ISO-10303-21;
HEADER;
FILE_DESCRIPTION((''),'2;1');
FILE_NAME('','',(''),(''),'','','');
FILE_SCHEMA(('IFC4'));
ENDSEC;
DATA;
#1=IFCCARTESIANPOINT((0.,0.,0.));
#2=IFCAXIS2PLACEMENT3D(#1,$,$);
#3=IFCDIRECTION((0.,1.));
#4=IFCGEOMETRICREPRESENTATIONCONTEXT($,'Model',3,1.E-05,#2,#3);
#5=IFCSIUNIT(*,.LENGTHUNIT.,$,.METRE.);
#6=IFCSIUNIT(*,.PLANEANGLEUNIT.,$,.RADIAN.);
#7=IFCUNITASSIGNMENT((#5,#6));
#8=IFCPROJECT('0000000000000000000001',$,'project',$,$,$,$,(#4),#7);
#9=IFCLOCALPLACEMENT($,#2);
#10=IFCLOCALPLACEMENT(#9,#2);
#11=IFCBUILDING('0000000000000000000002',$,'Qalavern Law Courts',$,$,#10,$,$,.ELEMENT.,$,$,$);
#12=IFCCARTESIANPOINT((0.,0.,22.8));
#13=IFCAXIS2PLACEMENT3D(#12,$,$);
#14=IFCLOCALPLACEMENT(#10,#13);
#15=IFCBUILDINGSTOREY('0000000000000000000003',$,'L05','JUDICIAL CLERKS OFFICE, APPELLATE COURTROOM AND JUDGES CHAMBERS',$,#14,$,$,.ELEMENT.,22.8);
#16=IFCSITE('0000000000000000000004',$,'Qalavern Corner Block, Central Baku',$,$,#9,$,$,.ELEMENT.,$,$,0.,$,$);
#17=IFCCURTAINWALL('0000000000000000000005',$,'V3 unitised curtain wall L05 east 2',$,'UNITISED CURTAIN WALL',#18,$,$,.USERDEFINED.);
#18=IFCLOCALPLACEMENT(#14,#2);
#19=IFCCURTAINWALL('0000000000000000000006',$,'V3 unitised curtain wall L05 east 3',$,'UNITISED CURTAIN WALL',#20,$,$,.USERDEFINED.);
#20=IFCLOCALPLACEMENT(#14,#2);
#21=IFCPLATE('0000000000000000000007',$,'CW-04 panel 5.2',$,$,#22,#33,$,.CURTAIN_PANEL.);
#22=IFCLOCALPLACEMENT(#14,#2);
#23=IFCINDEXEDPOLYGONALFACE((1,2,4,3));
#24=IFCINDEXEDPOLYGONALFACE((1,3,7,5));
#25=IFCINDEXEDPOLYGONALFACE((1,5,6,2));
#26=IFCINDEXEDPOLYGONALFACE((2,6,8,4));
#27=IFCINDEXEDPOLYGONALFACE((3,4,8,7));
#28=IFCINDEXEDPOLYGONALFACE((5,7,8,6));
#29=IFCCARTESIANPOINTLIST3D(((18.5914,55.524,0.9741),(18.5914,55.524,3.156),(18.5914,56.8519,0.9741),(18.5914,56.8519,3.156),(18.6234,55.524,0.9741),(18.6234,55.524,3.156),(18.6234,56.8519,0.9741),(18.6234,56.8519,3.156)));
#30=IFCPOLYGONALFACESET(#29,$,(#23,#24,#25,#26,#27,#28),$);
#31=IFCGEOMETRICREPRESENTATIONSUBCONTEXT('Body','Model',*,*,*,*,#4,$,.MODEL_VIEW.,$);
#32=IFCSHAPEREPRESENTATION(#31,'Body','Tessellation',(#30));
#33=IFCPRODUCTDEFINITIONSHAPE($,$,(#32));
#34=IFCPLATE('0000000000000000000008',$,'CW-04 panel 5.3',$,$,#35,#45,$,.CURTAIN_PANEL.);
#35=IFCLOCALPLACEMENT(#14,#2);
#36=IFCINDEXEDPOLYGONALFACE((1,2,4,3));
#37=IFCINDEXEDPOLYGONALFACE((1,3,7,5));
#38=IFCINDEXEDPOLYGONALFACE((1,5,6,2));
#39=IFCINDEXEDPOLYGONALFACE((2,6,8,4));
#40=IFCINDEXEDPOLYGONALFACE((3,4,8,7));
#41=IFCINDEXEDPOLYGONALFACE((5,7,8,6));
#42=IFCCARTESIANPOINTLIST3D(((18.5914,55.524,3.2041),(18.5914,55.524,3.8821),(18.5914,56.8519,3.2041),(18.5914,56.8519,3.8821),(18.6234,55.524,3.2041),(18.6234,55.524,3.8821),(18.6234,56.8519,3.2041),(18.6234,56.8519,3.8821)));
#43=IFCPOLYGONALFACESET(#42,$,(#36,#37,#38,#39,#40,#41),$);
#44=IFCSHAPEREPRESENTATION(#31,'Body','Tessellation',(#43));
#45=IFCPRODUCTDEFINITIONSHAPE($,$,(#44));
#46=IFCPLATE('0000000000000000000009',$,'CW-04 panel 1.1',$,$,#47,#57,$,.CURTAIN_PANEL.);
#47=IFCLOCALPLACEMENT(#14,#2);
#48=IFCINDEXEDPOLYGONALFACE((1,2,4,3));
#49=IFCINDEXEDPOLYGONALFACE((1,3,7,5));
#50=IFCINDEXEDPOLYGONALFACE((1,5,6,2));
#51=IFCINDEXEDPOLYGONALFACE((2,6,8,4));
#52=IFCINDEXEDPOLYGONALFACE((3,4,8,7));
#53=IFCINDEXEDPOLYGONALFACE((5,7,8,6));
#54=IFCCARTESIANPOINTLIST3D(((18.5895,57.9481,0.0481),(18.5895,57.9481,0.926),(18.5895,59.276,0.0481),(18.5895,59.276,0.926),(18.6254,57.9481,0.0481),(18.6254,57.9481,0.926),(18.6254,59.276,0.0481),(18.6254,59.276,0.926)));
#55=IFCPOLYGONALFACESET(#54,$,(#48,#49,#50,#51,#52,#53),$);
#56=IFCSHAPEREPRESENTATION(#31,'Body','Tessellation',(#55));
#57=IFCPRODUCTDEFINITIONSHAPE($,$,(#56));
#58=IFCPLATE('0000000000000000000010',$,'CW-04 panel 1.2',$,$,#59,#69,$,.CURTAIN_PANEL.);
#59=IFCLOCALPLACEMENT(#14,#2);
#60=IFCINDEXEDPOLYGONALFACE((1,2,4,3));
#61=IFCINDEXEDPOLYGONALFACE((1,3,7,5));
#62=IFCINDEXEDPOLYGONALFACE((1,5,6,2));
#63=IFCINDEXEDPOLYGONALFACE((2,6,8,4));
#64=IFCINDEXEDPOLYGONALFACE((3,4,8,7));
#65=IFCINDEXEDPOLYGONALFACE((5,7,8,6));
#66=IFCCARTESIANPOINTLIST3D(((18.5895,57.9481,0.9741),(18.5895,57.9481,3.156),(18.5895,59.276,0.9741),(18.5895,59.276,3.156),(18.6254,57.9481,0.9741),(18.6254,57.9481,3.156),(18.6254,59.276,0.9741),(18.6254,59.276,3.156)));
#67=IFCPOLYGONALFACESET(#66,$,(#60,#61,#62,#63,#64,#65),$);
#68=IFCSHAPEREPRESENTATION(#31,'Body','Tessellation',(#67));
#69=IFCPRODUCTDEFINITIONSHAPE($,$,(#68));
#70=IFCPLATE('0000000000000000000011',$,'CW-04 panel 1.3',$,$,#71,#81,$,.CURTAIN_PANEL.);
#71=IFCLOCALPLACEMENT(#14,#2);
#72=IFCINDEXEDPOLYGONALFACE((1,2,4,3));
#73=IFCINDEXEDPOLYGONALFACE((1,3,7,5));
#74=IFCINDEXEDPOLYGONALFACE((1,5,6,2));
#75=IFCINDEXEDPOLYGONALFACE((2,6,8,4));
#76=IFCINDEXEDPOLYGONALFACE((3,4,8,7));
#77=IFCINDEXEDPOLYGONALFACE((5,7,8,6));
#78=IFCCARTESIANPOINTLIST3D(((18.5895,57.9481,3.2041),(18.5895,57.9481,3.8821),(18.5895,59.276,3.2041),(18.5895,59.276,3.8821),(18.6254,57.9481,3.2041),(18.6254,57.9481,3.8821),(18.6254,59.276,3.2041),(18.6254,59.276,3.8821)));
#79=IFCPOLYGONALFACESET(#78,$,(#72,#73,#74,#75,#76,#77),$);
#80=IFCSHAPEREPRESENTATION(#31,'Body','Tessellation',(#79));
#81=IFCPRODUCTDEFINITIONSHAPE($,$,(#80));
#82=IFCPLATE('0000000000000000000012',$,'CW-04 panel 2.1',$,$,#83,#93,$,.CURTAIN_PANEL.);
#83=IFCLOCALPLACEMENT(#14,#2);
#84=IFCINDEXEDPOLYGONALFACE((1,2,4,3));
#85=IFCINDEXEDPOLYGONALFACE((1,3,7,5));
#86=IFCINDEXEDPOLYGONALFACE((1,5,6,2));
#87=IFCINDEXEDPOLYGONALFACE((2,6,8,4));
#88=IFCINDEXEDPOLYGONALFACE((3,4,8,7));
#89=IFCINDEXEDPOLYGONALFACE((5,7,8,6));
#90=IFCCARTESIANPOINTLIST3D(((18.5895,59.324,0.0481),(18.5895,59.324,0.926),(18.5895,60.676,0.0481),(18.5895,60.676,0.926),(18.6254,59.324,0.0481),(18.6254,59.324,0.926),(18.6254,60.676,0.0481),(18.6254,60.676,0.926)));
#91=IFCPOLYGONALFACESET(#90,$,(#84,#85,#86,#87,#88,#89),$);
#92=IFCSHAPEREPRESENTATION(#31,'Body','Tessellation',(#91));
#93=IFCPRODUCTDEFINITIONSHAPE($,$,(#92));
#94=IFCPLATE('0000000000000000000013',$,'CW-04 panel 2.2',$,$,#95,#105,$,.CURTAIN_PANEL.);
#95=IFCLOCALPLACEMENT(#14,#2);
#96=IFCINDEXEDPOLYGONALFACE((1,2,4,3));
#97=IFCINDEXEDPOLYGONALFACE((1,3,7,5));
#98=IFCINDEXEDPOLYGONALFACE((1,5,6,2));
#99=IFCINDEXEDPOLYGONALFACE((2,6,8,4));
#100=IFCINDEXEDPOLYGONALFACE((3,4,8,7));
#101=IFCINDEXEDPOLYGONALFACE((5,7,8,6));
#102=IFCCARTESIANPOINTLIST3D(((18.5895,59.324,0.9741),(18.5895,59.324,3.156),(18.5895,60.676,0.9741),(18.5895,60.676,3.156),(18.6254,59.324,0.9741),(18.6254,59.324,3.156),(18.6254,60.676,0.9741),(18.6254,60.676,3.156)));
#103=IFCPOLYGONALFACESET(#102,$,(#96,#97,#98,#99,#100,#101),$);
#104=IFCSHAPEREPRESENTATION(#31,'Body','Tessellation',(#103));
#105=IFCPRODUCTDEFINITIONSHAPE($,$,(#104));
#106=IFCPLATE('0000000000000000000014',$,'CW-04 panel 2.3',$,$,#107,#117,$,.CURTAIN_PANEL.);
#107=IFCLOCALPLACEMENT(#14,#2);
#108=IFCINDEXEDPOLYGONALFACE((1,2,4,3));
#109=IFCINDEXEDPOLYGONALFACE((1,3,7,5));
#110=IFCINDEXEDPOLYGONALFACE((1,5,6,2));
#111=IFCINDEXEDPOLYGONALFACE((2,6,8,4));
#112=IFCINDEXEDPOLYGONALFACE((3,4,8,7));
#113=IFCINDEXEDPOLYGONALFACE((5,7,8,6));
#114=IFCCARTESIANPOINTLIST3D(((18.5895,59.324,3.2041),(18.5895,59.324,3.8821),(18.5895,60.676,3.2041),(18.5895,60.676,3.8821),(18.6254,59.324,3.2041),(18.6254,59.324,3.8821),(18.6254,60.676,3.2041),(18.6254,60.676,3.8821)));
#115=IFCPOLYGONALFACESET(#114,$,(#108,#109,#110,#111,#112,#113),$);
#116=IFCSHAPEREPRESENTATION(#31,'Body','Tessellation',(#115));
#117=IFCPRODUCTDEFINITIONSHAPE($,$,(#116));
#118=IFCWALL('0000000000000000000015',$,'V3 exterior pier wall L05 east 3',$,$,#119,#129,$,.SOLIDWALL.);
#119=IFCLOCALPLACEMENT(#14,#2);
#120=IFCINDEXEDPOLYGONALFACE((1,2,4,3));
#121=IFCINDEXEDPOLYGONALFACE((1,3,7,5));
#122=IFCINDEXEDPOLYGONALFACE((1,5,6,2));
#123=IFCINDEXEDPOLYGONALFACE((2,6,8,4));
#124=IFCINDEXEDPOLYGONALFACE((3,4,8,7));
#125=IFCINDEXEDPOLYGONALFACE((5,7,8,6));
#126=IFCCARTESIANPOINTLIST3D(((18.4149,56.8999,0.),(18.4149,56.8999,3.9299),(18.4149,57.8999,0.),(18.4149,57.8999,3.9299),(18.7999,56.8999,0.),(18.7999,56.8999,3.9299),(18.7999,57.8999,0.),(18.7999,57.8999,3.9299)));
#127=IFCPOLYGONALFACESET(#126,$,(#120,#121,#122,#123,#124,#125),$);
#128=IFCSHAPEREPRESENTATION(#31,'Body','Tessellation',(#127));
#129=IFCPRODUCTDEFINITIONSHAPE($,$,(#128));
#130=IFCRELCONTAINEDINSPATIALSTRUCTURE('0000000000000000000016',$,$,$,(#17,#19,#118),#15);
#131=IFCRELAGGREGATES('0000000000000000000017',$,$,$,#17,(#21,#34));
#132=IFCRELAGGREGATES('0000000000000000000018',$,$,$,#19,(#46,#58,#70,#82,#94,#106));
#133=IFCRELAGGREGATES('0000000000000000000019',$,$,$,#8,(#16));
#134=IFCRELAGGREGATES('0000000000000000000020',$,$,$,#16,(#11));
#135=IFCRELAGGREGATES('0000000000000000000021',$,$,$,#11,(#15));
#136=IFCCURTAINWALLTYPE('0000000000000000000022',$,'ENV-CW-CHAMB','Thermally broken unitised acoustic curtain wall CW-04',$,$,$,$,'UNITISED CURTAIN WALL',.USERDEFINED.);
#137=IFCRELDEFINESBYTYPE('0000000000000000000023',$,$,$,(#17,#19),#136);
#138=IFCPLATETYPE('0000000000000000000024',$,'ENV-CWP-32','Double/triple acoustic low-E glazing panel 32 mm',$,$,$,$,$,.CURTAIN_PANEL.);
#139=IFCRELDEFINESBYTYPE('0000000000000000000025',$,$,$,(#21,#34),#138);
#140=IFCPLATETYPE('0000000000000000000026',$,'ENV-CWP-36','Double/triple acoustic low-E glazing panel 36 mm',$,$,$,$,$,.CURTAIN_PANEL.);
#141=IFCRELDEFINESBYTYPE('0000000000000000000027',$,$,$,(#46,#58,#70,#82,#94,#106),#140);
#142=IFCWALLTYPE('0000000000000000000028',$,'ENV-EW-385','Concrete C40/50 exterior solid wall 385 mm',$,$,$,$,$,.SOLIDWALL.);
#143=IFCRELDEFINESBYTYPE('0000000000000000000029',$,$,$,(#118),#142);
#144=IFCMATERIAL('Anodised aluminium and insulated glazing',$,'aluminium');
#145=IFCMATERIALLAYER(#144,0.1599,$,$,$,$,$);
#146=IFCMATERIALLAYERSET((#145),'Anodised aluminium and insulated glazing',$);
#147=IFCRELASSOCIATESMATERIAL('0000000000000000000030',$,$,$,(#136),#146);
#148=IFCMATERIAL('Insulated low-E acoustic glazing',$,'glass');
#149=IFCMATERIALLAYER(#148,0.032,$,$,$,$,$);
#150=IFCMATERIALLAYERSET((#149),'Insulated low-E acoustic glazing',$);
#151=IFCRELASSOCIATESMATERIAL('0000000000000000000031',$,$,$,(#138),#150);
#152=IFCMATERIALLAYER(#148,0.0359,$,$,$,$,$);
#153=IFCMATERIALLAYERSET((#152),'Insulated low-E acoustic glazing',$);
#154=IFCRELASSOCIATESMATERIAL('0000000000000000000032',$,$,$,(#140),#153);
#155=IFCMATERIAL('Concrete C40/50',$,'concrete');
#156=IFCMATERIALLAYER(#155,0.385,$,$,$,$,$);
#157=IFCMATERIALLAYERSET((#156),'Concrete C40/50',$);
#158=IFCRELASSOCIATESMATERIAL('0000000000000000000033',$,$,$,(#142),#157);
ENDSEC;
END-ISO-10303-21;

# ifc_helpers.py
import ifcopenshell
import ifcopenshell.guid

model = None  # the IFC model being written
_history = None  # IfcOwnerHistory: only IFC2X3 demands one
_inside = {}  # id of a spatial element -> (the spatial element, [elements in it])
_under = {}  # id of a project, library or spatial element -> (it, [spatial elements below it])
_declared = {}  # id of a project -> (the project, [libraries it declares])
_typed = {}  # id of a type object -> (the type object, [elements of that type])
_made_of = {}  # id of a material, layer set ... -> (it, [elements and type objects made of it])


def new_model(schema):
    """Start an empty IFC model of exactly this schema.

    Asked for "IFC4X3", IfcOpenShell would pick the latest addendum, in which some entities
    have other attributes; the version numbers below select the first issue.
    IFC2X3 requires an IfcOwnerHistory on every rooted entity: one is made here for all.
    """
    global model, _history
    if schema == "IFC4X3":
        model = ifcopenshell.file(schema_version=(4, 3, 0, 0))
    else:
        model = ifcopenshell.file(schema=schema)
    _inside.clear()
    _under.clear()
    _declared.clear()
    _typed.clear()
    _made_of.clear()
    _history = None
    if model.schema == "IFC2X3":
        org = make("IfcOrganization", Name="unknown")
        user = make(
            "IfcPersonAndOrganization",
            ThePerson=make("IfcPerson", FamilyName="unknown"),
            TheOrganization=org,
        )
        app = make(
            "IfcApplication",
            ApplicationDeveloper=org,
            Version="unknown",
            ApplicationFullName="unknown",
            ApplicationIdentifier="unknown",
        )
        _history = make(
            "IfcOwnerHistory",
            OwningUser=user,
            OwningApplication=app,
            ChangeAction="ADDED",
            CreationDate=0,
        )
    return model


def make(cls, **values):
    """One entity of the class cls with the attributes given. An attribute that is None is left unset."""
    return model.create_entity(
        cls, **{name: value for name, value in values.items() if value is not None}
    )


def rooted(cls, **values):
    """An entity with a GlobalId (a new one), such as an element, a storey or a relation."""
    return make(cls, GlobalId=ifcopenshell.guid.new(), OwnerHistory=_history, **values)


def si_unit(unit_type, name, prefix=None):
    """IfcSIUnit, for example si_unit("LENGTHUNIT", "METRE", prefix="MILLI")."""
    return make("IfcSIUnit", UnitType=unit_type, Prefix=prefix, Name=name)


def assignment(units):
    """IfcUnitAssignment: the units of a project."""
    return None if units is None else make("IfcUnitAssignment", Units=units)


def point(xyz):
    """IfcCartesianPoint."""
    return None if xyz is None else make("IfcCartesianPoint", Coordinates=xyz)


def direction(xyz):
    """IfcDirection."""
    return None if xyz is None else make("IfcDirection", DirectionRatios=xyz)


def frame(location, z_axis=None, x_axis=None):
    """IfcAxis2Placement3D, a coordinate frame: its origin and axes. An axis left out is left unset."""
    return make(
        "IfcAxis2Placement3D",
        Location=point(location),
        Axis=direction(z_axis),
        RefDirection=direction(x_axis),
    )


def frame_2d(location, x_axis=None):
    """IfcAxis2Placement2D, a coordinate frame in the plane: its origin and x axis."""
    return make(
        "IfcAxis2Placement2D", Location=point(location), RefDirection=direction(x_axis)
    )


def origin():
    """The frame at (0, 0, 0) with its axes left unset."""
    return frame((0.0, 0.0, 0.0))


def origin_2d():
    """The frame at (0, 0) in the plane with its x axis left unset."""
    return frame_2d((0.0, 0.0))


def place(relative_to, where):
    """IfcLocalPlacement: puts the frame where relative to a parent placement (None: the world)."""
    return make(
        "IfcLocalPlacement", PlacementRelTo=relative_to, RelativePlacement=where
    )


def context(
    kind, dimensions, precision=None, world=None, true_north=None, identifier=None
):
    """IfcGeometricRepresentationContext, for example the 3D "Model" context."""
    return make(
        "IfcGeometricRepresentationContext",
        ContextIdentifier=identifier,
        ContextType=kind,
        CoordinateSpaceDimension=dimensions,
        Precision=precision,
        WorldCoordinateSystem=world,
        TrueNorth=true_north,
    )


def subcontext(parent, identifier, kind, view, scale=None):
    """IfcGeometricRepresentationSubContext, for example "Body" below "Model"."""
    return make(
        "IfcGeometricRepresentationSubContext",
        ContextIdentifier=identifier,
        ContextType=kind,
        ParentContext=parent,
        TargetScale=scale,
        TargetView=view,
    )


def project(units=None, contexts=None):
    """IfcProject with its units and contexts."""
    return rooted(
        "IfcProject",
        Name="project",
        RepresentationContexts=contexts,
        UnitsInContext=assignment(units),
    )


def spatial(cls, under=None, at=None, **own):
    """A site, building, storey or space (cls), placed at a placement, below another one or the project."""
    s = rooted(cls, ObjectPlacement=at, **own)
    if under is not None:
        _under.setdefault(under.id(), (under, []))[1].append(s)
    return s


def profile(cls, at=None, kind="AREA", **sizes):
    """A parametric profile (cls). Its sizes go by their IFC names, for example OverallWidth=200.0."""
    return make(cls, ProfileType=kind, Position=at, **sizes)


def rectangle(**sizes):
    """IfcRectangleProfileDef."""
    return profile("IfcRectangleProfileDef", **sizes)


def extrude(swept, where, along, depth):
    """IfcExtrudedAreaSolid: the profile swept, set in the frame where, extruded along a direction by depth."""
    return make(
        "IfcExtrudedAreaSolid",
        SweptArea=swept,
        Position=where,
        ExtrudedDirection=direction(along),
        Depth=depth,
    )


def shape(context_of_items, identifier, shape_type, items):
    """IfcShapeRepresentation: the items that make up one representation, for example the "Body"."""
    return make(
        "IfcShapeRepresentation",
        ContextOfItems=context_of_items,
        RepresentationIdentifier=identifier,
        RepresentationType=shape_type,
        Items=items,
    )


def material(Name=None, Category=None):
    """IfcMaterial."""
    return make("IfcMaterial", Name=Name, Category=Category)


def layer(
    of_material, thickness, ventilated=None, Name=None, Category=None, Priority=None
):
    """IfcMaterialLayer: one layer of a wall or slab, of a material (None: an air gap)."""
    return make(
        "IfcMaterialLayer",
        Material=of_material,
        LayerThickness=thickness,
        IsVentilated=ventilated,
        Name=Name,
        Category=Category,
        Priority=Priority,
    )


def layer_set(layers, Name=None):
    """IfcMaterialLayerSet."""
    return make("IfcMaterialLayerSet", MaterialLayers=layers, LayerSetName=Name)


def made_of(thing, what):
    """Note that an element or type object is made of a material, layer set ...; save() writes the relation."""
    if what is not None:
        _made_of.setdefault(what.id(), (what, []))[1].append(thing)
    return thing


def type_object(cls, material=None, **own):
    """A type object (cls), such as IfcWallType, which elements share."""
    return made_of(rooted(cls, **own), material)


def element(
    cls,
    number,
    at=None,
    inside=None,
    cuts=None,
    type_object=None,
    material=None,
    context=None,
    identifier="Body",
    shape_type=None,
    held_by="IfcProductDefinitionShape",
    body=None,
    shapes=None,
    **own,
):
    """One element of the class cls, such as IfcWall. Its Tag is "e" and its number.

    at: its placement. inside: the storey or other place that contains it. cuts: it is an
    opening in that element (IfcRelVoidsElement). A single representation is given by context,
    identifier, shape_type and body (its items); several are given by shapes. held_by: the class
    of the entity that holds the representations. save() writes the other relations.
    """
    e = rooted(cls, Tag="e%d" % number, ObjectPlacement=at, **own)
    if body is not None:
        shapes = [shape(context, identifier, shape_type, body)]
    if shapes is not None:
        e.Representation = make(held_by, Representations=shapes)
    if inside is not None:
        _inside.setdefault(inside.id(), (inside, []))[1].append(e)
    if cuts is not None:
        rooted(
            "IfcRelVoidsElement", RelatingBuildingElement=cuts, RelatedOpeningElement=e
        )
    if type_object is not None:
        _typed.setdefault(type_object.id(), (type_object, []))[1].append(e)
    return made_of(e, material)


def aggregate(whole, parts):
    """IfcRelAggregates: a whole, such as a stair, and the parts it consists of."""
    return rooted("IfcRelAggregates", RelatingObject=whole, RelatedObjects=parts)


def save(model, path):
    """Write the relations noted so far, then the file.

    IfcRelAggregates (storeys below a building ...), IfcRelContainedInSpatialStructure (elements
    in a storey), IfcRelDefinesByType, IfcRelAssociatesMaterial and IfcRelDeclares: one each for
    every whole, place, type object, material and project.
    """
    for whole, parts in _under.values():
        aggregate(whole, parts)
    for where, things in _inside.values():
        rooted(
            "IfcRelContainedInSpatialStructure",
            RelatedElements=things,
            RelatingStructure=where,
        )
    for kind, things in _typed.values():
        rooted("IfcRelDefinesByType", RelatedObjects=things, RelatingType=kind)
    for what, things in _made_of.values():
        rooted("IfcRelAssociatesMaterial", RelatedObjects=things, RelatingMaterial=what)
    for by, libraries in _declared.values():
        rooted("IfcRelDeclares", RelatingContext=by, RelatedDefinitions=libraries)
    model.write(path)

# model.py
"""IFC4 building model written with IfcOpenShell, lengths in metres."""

from ifc_helpers import new_model, si_unit, direction, frame, frame_2d, origin, origin_2d, place, context, subcontext, project, spatial, rectangle, extrude, material, layer, layer_set, type_object, element, aggregate, save


model = new_model("IFC4")

# Units and contexts
model_context = context("Model", 3, precision=1e-05, world=origin(), true_north=direction((0.0, 1.0)))
body_context = subcontext(model_context, "Body", "Model", "MODEL_VIEW")
ifc_project = project(units=[si_unit("LENGTHUNIT", "METRE"), si_unit("PLANEANGLEUNIT", "RADIAN")], contexts=[model_context])

# Site, building, storey
site_placement = place(None, origin())
site = spatial("IfcSite", under=ifc_project, at=site_placement, Name="Qalavern Corner Block, Central Baku", CompositionType="ELEMENT", RefElevation=0.0)
building_placement = place(site_placement, origin())
building = spatial("IfcBuilding", under=site, at=building_placement, Name="Qalavern Law Courts", CompositionType="ELEMENT")
storey_placement = place(building_placement, frame((0.0, 0.0, 22.8)))
storey = spatial("IfcBuildingStorey", under=building, at=storey_placement, Name="L05", Description="JUDICIAL CLERKS OFFICE, APPELLATE COURTROOM AND JUDGES CHAMBERS", CompositionType="ELEMENT", Elevation=22.8)

# Curtain wall
ifc_material_1 = material(Name="Anodised aluminium and insulated glazing", Category="aluminium")
ifc_layer_1 = layer(ifc_material_1, 0.1599)
ifc_layer_set_1 = layer_set([ifc_layer_1], Name="Anodised aluminium and insulated glazing")
curtain_wall_type = type_object("IfcCurtainWallType", Name="ENV-CW-CHAMB", Description="Thermally broken unitised acoustic curtain wall CW-04", ElementType="UNITISED CURTAIN WALL", PredefinedType="USERDEFINED", material=ifc_layer_set_1)
curtain_wall_1_placement = place(storey_placement, origin())
curtain_wall_1 = element("IfcCurtainWall", 1, at=curtain_wall_1_placement, inside=storey, type_object=curtain_wall_type, Name="V3 unitised curtain wall L05 east 2", ObjectType="UNITISED CURTAIN WALL", PredefinedType="USERDEFINED")

# Curtain wall
curtain_wall_2_placement = place(storey_placement, origin())
curtain_wall_2 = element("IfcCurtainWall", 2, at=curtain_wall_2_placement, inside=storey, type_object=curtain_wall_type, Name="V3 unitised curtain wall L05 east 3", ObjectType="UNITISED CURTAIN WALL", PredefinedType="USERDEFINED")

# Plates
ifc_material_2 = material(Name="Insulated low-E acoustic glazing", Category="glass")
ifc_layer_2 = layer(ifc_material_2, 0.032)
ifc_layer_set_2 = layer_set([ifc_layer_2], Name="Insulated low-E acoustic glazing")
plate_type_1 = type_object("IfcPlateType", Name="ENV-CWP-32", Description="Double/triple acoustic low-E glazing panel 32 mm", PredefinedType="CURTAIN_PANEL", material=ifc_layer_set_2)
plate_1_placement = place(storey_placement, frame((18.6074, 56.188, 0.9741), z_axis=(0.0, 0.0, 1.0), x_axis=(0.0, 1.0, 0.0)))
plate_1 = element("IfcPlate", 3, at=plate_1_placement, type_object=plate_type_1, Name="CW-04 panel 5.2", PredefinedType="CURTAIN_PANEL", context=body_context, shape_type="SweptSolid", body=[
    extrude(rectangle(XDim=1.3279, YDim=0.032, at=origin_2d()), origin(), (0.0, 0.0, 1.0), 2.1819),
])
plate_2_placement = place(storey_placement, frame((18.6074, 56.188, 3.2041), z_axis=(0.0, 0.0, 1.0), x_axis=(0.0, 1.0, 0.0)))
plate_2 = element("IfcPlate", 4, at=plate_2_placement, type_object=plate_type_1, Name="CW-04 panel 5.3", PredefinedType="CURTAIN_PANEL", context=body_context, shape_type="SweptSolid", body=[
    extrude(rectangle(XDim=1.3279, YDim=0.032, at=origin_2d()), origin(), (0.0, 0.0, 1.0), 0.678),
])
aggregate(curtain_wall_1, [plate_1, plate_2])
ifc_layer_3 = layer(ifc_material_2, 0.0359)
ifc_layer_set_3 = layer_set([ifc_layer_3], Name="Insulated low-E acoustic glazing")
plate_type_2 = type_object("IfcPlateType", Name="ENV-CWP-36", Description="Double/triple acoustic low-E glazing panel 36 mm", PredefinedType="CURTAIN_PANEL", material=ifc_layer_set_3)
plate_3_placement = place(storey_placement, frame((18.6074, 58.6121, 0.0481), z_axis=(0.0, 0.0, 1.0), x_axis=(0.0, 1.0, 0.0)))
plate_3 = element("IfcPlate", 5, at=plate_3_placement, type_object=plate_type_2, Name="CW-04 panel 1.1", PredefinedType="CURTAIN_PANEL", context=body_context, shape_type="SweptSolid", body=[
    extrude(rectangle(XDim=1.3279, YDim=0.0359, at=origin_2d()), origin(), (0.0, 0.0, 1.0), 0.8779),
])
plate_4_placement = place(storey_placement, frame((18.6074, 58.6121, 0.9741), z_axis=(0.0, 0.0, 1.0), x_axis=(0.0, 1.0, 0.0)))
plate_4 = element("IfcPlate", 6, at=plate_4_placement, type_object=plate_type_2, Name="CW-04 panel 1.2", PredefinedType="CURTAIN_PANEL", context=body_context, shape_type="SweptSolid", body=[
    extrude(rectangle(XDim=1.3279, YDim=0.0359, at=origin_2d()), origin(), (0.0, 0.0, 1.0), 2.1819),
])
plate_5_placement = place(storey_placement, frame((18.6074, 58.6121, 3.2041), z_axis=(0.0, 0.0, 1.0), x_axis=(0.0, 1.0, 0.0)))
plate_5 = element("IfcPlate", 7, at=plate_5_placement, type_object=plate_type_2, Name="CW-04 panel 1.3", PredefinedType="CURTAIN_PANEL", context=body_context, shape_type="SweptSolid", body=[
    extrude(rectangle(XDim=1.3279, YDim=0.0359, at=origin_2d()), origin(), (0.0, 0.0, 1.0), 0.678),
])
plate_6_placement = place(storey_placement, frame((18.6074, 60.0, 0.0481), z_axis=(0.0, 0.0, 1.0), x_axis=(0.0, 1.0, 0.0)))
plate_6 = element("IfcPlate", 8, at=plate_6_placement, type_object=plate_type_2, Name="CW-04 panel 2.1", PredefinedType="CURTAIN_PANEL", context=body_context, shape_type="SweptSolid", body=[
    extrude(rectangle(XDim=1.3521, YDim=0.0359, at=origin_2d()), origin(), (0.0, 0.0, 1.0), 0.8779),
])
plate_7_placement = place(storey_placement, frame((18.6074, 60.0, 0.9741), z_axis=(0.0, 0.0, 1.0), x_axis=(0.0, 1.0, 0.0)))
plate_7 = element("IfcPlate", 9, at=plate_7_placement, type_object=plate_type_2, Name="CW-04 panel 2.2", PredefinedType="CURTAIN_PANEL", context=body_context, shape_type="SweptSolid", body=[
    extrude(rectangle(XDim=1.3521, YDim=0.0359, at=origin_2d()), origin(), (0.0, 0.0, 1.0), 2.1819),
])
plate_8_placement = place(storey_placement, frame((18.6074, 60.0, 3.2041), z_axis=(0.0, 0.0, 1.0), x_axis=(0.0, 1.0, 0.0)))
plate_8 = element("IfcPlate", 10, at=plate_8_placement, type_object=plate_type_2, Name="CW-04 panel 2.3", PredefinedType="CURTAIN_PANEL", context=body_context, shape_type="SweptSolid", body=[
    extrude(rectangle(XDim=1.3521, YDim=0.0359, at=origin_2d()), origin(), (0.0, 0.0, 1.0), 0.678),
])
aggregate(curtain_wall_2, [plate_3, plate_4, plate_5, plate_6, plate_7, plate_8])

# Wall
ifc_material_3 = material(Name="Concrete C40/50", Category="concrete")
ifc_layer_4 = layer(ifc_material_3, 0.385)
ifc_layer_set_4 = layer_set([ifc_layer_4], Name="Concrete C40/50")
wall_type = type_object("IfcWallType", Name="ENV-EW-385", Description="Concrete C40/50 exterior solid wall 385 mm", PredefinedType="SOLIDWALL", material=ifc_layer_set_4)
wall_placement = place(storey_placement, frame((18.6074, 56.8999, 0.0), z_axis=(0.0, 0.0, 1.0), x_axis=(0.0, 1.0, 0.0)))
element("IfcWall", 11, at=wall_placement, inside=storey, type_object=wall_type, Name="V3 exterior pier wall L05 east 3", PredefinedType="SOLIDWALL", context=body_context, shape_type="SweptSolid", body=[
    extrude(rectangle(XDim=1.0, YDim=0.385, at=frame_2d((0.5, 0.0))), origin(), (0.0, 0.0, 1.0), 3.9299),
])

save(model, "model.ifc")
